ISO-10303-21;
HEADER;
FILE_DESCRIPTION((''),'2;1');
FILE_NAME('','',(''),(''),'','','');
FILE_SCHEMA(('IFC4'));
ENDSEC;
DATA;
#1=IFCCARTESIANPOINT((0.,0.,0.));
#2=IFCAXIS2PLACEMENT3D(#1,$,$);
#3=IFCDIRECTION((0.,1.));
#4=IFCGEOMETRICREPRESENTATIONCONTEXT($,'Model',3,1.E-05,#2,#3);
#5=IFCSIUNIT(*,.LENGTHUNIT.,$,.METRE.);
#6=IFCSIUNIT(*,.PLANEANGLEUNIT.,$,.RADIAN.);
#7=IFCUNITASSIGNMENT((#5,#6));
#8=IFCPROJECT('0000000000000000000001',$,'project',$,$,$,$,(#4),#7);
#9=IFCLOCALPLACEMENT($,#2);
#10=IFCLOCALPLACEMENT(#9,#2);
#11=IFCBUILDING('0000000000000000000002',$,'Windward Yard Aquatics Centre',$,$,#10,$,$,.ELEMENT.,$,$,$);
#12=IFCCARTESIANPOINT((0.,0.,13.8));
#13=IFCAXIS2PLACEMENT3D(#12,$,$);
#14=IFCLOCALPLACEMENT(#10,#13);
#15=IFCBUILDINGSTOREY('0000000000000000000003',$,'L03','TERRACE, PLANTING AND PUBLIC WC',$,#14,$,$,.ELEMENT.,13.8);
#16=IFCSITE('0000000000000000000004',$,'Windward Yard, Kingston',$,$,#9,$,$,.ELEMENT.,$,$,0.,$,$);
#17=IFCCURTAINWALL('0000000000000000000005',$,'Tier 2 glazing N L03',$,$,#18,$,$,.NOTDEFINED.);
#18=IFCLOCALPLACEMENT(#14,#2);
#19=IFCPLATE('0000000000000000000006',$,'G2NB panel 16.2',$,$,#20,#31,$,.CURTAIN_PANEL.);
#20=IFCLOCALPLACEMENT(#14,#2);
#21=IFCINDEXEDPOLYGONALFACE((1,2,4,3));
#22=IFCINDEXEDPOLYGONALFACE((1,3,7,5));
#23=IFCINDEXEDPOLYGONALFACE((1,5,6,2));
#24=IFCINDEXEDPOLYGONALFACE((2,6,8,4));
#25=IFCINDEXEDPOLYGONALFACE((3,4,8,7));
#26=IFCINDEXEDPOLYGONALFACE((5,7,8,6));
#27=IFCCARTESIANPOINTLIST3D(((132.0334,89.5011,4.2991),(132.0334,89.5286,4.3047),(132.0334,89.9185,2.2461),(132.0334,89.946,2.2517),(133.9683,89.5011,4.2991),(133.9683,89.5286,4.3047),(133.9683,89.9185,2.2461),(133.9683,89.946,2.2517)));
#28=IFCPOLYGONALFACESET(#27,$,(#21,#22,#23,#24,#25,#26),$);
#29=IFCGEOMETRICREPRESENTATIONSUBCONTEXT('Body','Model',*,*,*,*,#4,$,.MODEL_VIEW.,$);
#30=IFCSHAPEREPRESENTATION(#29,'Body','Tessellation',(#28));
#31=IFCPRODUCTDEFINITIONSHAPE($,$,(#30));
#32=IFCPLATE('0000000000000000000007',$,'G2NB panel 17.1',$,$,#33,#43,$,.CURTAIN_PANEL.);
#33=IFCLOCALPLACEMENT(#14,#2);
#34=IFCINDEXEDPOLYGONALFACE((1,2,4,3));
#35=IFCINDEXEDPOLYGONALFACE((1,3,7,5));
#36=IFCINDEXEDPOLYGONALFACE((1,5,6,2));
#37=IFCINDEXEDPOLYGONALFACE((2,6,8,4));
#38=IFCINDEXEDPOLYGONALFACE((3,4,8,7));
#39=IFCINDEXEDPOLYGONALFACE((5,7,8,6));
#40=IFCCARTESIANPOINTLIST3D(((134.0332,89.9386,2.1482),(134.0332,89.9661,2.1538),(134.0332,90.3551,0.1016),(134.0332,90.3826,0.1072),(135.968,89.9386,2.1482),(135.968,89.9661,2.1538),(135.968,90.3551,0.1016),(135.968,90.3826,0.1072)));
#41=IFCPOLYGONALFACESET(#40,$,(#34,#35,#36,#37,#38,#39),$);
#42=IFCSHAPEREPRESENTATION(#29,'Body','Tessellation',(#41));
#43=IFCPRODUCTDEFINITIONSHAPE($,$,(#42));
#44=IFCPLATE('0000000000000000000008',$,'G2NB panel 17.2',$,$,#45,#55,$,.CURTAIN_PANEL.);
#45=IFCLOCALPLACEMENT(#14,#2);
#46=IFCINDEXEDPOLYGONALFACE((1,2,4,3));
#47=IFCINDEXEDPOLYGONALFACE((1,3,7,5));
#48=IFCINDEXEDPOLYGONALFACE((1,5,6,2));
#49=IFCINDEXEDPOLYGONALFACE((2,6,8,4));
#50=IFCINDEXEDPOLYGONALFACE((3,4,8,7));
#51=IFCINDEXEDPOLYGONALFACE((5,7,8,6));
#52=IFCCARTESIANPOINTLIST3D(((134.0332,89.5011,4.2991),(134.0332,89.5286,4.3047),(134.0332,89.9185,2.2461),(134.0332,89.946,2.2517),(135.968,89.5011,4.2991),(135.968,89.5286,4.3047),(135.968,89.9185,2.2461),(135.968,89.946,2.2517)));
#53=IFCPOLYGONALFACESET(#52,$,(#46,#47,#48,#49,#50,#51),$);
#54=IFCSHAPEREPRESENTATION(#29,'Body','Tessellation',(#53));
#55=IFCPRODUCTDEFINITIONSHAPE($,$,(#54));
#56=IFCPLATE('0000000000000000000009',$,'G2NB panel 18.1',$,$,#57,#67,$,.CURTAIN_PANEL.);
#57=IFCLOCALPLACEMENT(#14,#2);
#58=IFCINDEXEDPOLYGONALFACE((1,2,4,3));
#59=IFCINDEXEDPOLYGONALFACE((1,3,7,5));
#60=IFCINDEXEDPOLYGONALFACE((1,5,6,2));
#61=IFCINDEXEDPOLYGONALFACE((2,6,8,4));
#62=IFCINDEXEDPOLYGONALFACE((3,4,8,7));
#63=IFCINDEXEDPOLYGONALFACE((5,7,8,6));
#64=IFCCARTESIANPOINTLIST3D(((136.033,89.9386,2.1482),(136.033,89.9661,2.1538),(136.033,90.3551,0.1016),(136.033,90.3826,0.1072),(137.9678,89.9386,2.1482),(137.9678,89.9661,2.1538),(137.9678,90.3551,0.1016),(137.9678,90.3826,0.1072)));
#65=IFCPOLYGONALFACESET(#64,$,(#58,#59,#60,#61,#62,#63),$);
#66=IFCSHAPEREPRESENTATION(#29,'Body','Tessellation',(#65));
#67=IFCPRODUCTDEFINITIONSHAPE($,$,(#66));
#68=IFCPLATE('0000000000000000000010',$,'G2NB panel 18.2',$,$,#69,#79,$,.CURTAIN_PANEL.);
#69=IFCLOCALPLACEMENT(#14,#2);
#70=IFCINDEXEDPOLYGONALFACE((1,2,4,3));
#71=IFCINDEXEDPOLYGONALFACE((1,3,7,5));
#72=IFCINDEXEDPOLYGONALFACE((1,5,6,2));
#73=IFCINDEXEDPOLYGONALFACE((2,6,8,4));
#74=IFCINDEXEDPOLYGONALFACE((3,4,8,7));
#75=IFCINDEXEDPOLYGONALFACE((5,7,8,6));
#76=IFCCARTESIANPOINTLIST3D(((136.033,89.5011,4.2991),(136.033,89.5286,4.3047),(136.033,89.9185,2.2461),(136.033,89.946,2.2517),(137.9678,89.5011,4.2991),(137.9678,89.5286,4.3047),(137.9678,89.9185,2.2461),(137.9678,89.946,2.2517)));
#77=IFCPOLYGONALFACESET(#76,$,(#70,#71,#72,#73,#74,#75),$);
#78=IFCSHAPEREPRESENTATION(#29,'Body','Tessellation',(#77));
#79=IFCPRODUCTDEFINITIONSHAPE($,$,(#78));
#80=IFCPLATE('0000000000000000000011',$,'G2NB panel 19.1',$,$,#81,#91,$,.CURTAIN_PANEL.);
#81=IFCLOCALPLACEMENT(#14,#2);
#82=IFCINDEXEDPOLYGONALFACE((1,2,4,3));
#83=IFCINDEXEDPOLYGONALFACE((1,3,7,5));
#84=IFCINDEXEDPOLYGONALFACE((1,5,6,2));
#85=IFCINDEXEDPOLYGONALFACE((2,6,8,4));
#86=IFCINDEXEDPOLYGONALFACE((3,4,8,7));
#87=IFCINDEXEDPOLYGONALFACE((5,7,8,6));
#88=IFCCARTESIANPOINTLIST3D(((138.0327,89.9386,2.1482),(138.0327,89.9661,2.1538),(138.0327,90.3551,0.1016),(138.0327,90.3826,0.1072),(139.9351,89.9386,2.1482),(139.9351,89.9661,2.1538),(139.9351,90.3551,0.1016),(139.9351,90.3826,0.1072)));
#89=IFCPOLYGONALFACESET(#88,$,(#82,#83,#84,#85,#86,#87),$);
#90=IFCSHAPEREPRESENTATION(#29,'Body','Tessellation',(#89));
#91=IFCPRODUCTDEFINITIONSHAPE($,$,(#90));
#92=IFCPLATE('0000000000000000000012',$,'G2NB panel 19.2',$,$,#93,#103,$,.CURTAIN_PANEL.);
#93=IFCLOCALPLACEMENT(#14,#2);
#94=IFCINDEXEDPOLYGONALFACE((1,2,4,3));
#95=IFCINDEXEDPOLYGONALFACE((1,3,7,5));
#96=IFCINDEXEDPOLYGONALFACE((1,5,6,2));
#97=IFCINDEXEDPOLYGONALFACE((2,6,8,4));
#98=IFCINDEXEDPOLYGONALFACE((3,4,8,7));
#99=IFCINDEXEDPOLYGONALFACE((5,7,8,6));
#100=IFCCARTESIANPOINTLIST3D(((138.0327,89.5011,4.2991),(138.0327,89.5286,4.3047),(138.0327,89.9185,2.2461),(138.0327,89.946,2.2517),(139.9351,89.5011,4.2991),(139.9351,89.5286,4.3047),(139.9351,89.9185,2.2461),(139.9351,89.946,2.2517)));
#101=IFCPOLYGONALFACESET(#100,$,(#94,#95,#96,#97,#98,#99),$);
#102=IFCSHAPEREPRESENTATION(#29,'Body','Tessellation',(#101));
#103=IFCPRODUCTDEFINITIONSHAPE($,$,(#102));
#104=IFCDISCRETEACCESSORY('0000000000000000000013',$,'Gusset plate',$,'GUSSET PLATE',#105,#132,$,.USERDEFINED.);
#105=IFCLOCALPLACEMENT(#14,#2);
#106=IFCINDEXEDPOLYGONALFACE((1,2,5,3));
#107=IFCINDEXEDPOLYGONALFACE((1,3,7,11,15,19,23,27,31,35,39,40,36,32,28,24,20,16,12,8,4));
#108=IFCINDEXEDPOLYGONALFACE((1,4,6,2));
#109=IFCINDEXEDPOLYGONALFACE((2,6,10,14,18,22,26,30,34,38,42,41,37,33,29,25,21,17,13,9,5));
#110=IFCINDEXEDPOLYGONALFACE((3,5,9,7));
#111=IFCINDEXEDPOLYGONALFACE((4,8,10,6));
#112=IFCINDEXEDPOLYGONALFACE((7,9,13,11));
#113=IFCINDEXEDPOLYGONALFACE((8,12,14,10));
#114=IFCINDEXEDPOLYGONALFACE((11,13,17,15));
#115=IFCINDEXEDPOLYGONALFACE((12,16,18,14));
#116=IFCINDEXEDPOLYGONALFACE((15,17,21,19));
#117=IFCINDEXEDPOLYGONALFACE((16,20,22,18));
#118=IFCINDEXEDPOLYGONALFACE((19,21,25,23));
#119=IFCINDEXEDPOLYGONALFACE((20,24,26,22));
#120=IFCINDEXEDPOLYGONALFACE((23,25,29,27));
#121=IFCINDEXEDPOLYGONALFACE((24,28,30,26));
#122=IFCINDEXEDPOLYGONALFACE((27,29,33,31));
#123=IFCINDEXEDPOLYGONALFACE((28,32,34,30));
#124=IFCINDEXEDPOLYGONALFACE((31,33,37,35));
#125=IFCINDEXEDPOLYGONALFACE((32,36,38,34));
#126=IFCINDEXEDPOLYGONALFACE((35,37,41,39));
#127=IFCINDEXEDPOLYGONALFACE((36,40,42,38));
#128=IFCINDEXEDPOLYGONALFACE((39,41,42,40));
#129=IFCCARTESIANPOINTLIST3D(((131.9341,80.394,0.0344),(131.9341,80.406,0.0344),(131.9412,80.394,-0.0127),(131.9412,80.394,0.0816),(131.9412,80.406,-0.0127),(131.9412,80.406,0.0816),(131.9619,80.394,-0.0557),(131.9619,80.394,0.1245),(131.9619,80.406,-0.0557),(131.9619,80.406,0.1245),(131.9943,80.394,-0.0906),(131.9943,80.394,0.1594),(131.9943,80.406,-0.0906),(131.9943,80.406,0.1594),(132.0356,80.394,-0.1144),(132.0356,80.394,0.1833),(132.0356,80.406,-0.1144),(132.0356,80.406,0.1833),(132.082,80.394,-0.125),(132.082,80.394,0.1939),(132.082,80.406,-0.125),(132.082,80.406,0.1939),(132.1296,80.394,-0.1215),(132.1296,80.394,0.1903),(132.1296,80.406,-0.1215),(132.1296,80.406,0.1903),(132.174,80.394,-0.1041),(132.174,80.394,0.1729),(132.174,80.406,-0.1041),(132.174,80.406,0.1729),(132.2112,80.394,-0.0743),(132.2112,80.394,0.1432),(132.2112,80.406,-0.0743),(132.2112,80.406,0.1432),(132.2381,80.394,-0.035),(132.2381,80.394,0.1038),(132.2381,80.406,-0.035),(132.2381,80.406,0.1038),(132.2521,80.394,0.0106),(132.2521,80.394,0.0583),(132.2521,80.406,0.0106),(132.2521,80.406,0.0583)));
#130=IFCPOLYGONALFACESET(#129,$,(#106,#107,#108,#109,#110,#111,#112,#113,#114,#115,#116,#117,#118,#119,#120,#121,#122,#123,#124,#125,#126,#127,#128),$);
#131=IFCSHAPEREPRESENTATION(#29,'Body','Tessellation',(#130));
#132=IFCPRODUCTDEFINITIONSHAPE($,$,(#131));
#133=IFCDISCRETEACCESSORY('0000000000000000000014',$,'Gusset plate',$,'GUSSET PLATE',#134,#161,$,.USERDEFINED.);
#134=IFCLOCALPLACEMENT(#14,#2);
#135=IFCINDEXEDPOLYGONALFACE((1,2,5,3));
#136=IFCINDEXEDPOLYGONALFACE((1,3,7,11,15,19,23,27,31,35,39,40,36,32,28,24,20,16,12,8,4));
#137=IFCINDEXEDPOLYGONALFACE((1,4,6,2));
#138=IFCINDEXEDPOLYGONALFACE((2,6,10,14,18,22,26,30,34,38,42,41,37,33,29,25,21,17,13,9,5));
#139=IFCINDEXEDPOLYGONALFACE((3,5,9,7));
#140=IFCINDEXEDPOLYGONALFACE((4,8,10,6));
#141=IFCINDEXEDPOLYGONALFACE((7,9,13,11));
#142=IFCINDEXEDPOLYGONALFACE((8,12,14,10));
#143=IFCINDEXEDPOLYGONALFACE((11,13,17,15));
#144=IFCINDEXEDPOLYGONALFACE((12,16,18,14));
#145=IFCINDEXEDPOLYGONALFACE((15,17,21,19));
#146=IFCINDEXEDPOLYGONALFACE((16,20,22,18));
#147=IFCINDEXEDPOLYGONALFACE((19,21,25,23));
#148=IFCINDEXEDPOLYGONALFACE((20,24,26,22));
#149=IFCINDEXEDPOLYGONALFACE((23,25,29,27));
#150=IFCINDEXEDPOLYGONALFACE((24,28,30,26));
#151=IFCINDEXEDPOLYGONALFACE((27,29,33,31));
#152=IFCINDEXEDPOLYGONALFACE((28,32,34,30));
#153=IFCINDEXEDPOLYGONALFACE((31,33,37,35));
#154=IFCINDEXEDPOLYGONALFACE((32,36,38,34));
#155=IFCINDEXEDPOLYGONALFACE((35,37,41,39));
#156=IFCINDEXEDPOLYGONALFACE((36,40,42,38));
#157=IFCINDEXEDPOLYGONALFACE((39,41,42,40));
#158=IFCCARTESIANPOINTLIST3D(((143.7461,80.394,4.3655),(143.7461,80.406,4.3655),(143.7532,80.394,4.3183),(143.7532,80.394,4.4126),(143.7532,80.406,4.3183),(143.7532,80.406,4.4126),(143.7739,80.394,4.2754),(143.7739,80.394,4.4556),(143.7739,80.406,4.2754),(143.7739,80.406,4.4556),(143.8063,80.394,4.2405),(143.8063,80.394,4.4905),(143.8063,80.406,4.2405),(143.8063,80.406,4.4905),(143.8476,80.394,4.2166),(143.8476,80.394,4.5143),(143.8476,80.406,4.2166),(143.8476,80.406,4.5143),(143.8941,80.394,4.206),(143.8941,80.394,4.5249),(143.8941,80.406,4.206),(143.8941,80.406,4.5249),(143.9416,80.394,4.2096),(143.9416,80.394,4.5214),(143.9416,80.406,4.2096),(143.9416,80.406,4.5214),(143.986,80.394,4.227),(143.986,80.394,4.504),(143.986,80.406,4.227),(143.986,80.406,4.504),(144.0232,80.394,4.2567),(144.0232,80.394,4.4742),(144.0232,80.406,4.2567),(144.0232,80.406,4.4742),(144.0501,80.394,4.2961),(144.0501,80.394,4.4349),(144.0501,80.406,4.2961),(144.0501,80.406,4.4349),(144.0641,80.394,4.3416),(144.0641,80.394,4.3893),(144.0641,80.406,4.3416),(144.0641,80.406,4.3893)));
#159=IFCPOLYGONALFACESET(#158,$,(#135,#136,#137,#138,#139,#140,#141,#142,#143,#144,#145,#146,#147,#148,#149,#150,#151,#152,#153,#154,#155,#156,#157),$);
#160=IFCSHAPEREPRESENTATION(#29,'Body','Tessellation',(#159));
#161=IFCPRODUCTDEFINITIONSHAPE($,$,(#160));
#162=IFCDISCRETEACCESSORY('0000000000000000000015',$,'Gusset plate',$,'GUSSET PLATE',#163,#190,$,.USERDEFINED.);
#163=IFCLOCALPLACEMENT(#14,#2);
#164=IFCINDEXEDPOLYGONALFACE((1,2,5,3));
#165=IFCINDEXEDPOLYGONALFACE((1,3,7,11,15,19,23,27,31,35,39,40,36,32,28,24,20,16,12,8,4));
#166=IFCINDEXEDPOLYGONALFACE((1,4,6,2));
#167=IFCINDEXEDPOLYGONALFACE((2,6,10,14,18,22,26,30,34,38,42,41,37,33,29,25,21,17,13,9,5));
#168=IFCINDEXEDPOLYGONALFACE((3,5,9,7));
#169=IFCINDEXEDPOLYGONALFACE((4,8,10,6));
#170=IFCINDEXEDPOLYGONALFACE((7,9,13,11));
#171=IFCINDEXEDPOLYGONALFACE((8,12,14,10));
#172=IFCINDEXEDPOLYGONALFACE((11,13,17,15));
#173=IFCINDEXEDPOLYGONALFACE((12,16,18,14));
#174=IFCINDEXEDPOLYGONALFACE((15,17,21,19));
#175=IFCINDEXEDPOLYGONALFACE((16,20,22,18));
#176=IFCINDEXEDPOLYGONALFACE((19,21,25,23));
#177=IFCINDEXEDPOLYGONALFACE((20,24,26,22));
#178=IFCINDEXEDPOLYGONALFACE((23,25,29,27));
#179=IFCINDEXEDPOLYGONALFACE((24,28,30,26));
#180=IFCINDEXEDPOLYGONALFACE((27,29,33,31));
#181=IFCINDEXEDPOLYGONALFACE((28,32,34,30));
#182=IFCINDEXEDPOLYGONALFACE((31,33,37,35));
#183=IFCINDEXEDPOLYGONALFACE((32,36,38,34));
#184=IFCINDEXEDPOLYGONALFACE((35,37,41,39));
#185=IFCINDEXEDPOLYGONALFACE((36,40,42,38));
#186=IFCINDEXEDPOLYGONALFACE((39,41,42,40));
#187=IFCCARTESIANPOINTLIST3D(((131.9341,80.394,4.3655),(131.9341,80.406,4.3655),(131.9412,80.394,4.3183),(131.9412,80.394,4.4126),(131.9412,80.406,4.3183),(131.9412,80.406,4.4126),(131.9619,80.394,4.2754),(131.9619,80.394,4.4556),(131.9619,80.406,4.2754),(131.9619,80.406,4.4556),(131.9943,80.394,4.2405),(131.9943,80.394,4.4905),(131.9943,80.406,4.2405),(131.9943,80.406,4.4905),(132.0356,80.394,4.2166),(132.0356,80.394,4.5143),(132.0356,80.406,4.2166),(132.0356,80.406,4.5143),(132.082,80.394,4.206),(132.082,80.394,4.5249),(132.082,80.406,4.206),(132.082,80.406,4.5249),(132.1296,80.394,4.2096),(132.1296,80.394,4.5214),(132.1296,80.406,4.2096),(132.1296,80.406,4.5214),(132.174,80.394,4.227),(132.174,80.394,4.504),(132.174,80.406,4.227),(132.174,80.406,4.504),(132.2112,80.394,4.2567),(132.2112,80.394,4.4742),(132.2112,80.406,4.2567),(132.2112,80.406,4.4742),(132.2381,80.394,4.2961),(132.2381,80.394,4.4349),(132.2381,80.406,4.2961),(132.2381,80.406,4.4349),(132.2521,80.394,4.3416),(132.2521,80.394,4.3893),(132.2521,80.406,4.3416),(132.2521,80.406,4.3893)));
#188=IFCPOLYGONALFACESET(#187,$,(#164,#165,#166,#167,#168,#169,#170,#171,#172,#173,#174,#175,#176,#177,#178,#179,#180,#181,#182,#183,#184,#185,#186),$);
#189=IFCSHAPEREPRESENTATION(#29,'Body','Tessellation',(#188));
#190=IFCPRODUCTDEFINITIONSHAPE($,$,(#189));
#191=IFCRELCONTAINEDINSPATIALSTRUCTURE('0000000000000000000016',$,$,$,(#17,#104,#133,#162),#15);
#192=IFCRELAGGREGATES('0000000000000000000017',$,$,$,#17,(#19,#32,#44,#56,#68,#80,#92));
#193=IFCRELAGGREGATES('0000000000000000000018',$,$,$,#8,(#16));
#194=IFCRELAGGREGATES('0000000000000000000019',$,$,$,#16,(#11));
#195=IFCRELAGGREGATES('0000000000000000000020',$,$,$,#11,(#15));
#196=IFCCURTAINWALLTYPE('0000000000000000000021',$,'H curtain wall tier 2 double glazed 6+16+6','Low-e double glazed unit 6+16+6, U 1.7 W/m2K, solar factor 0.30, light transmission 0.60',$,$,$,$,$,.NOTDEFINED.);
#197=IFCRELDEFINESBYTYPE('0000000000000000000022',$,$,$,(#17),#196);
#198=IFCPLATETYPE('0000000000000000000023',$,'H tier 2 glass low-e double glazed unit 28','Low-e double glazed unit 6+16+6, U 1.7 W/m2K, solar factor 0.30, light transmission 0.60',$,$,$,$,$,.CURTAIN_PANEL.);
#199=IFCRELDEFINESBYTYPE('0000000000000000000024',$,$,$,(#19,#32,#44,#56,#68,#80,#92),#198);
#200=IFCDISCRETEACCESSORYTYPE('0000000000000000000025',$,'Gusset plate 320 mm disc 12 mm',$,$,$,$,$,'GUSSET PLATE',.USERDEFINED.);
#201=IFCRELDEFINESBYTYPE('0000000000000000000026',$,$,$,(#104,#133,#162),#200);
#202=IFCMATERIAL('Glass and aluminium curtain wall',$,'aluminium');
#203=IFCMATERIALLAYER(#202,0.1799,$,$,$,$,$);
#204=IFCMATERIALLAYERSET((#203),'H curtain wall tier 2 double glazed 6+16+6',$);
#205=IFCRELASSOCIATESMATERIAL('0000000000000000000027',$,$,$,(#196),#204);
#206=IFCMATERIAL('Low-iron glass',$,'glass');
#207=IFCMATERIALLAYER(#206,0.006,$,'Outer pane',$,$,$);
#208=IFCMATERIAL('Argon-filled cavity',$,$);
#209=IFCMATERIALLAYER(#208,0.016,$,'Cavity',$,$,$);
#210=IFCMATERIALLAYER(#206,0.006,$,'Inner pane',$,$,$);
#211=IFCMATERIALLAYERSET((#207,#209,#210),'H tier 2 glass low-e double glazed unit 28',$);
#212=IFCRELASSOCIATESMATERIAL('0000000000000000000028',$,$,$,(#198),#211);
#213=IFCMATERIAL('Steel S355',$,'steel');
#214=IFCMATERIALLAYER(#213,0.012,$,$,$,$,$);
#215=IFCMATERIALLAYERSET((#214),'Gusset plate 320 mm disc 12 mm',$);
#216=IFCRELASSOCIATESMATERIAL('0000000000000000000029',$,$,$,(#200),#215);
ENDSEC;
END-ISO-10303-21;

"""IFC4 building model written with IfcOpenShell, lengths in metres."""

from ifc_helpers import new_model, si_unit, direction, frame, origin, origin_2d, place, context, subcontext, project, spatial, polyline, circle, outline, extrude, material, layer, layer_set, type_object, element, aggregate, save


model = new_model("IFC4")

# Units and contexts
model_context = context("Model", 3, precision=1e-05, world=origin(), true_north=direction((0.0, 1.0)))
body_context = subcontext(model_context, "Body", "Model", "MODEL_VIEW")
ifc_project = project(units=[si_unit("LENGTHUNIT", "METRE"), si_unit("PLANEANGLEUNIT", "RADIAN")], contexts=[model_context])

# Site, building, storey
site_placement = place(None, origin())
site = spatial("IfcSite", under=ifc_project, at=site_placement, Name="Windward Yard, Kingston", CompositionType="ELEMENT", RefElevation=0.0)
building_placement = place(site_placement, origin())
building = spatial("IfcBuilding", under=site, at=building_placement, Name="Windward Yard Aquatics Centre", CompositionType="ELEMENT")
storey_placement = place(building_placement, frame((0.0, 0.0, 13.8)))
storey = spatial("IfcBuildingStorey", under=building, at=storey_placement, Name="L03", Description="TERRACE, PLANTING AND PUBLIC WC", CompositionType="ELEMENT", Elevation=13.8)

# Curtain wall
ifc_material_1 = material(Name="Glass and aluminium curtain wall", Category="aluminium")
ifc_layer_1 = layer(ifc_material_1, 0.1799)
ifc_layer_set_1 = layer_set([ifc_layer_1], Name="H curtain wall tier 2 double glazed 6+16+6")
curtain_wall_type = type_object("IfcCurtainWallType", Name="H curtain wall tier 2 double glazed 6+16+6", Description="Low-e double glazed unit 6+16+6, U 1.7 W/m2K, solar factor 0.30, light transmission 0.60", PredefinedType="NOTDEFINED", material=ifc_layer_set_1)
curtain_wall_1_placement = place(storey_placement, origin())
curtain_wall_1 = element("IfcCurtainWall", 1, at=curtain_wall_1_placement, inside=storey, type_object=curtain_wall_type, Name="Tier 2 glazing N L03", PredefinedType="NOTDEFINED")

# Plates
ifc_material_2 = material(Name="Low-iron glass", Category="glass")
ifc_layer_2 = layer(ifc_material_2, 0.006, Name="Outer pane")
ifc_material_3 = material(Name="Argon-filled cavity")
ifc_layer_3 = layer(ifc_material_3, 0.016, Name="Cavity")
ifc_layer_4 = layer(ifc_material_2, 0.006, Name="Inner pane")
ifc_layer_set_2 = layer_set([ifc_layer_2, ifc_layer_3, ifc_layer_4], Name="H tier 2 glass low-e double glazed unit 28")
plate_type = type_object("IfcPlateType", Name="H tier 2 glass low-e double glazed unit 28", Description="Low-e double glazed unit 6+16+6, U 1.7 W/m2K, solar factor 0.30, light transmission 0.60", PredefinedType="CURTAIN_PANEL", material=ifc_layer_set_2)
plate_1_placement = place(storey_placement, frame((132.0334, 89.5286, 4.3047), z_axis=(0.0, 0.979944, 0.199275), x_axis=(0.0, 0.199275, -0.979944)))
plate_1 = element("IfcPlate", 2, at=plate_1_placement, type_object=plate_type, Name="G2NB panel 16.2", PredefinedType="CURTAIN_PANEL", context=body_context, shape_type="SweptSolid", body=[
    extrude(outline(polyline([(0.0, 0.0), (2.095, 0.0), (2.095, -1.9348), (0.0, -1.9348), (0.0, 0.0)])), origin(), (0.0, 0.0, -1.0), 0.0281),
])
plate_2_placement = place(storey_placement, frame((134.0332, 89.9661, 2.1538), z_axis=(0.0, 0.979914, 0.199419), x_axis=(0.0, 0.199419, -0.979914)))
plate_2 = element("IfcPlate", 3, at=plate_2_placement, type_object=plate_type, Name="G2NB panel 17.1", PredefinedType="CURTAIN_PANEL", context=body_context, shape_type="SweptSolid", body=[
    extrude(outline(polyline([(0.0, 0.0), (2.0886, 0.0), (2.0886, -1.9348), (0.0, -1.9348), (0.0, 0.0)])), origin(), (0.0, 0.0, -1.0), 0.0281),
])
plate_3_placement = place(storey_placement, frame((134.0332, 89.5286, 4.3047), z_axis=(0.0, 0.979944, 0.199275), x_axis=(0.0, 0.199275, -0.979944)))
plate_3 = element("IfcPlate", 4, at=plate_3_placement, type_object=plate_type, Name="G2NB panel 17.2", PredefinedType="CURTAIN_PANEL", context=body_context, shape_type="SweptSolid", body=[
    extrude(outline(polyline([(0.0, 0.0), (2.095, 0.0), (2.095, -1.9348), (0.0, -1.9348), (0.0, 0.0)])), origin(), (0.0, 0.0, -1.0), 0.0281),
])
plate_4_placement = place(storey_placement, frame((136.033, 89.9661, 2.1538), z_axis=(0.0, 0.979914, 0.199419), x_axis=(0.0, 0.199419, -0.979914)))
plate_4 = element("IfcPlate", 5, at=plate_4_placement, type_object=plate_type, Name="G2NB panel 18.1", PredefinedType="CURTAIN_PANEL", context=body_context, shape_type="SweptSolid", body=[
    extrude(outline(polyline([(0.0, 0.0), (2.0886, 0.0), (2.0886, -1.9348), (0.0, -1.9348), (0.0, 0.0)])), origin(), (0.0, 0.0, -1.0), 0.0281),
])
plate_5_placement = place(storey_placement, frame((136.033, 89.5286, 4.3047), z_axis=(0.0, 0.979944, 0.199275), x_axis=(0.0, 0.199275, -0.979944)))
plate_5 = element("IfcPlate", 6, at=plate_5_placement, type_object=plate_type, Name="G2NB panel 18.2", PredefinedType="CURTAIN_PANEL", context=body_context, shape_type="SweptSolid", body=[
    extrude(outline(polyline([(0.0, 0.0), (2.095, 0.0), (2.095, -1.9348), (0.0, -1.9348), (0.0, 0.0)])), origin(), (0.0, 0.0, -1.0), 0.0281),
])
plate_6_placement = place(storey_placement, frame((138.0327, 89.9661, 2.1538), z_axis=(0.0, 0.979914, 0.199419), x_axis=(0.0, 0.199419, -0.979914)))
plate_6 = element("IfcPlate", 7, at=plate_6_placement, type_object=plate_type, Name="G2NB panel 19.1", PredefinedType="CURTAIN_PANEL", context=body_context, shape_type="SweptSolid", body=[
    extrude(outline(polyline([(0.0, 0.0), (2.0886, 0.0), (2.0886, -1.9023), (0.0, -1.9023), (0.0, 0.0)])), origin(), (0.0, 0.0, -1.0), 0.0281),
])
plate_7_placement = place(storey_placement, frame((138.0327, 89.5286, 4.3047), z_axis=(0.0, 0.979944, 0.199275), x_axis=(0.0, 0.199275, -0.979944)))
plate_7 = element("IfcPlate", 8, at=plate_7_placement, type_object=plate_type, Name="G2NB panel 19.2", PredefinedType="CURTAIN_PANEL", context=body_context, shape_type="SweptSolid", body=[
    extrude(outline(polyline([(0.0, 0.0), (2.095, 0.0), (2.095, -1.9023), (0.0, -1.9023), (0.0, 0.0)])), origin(), (0.0, 0.0, -1.0), 0.0281),
])
aggregate(curtain_wall_1, [plate_1, plate_2, plate_3, plate_4, plate_5, plate_6, plate_7])

# Discrete accessories
ifc_material_4 = material(Name="Steel S355", Category="steel")
ifc_layer_5 = layer(ifc_material_4, 0.012)
ifc_layer_set_3 = layer_set([ifc_layer_5], Name="Gusset plate 320 mm disc 12 mm")
discrete_accessory_type = type_object("IfcDiscreteAccessoryType", Name="Gusset plate 320 mm disc 12 mm", ElementType="GUSSET PLATE", PredefinedType="USERDEFINED", material=ifc_layer_set_3)
for number, where, z_axis, x_axis, name in (
    (9, (132.094, 80.394, 0.0344), (0.0, 1.0, 0.0), (-1.0, 0.0, 0.0), "Gusset plate"),
    (10, (143.906, 80.394, 4.3655), (0.0, 1.0, 0.0), (-1.0, 0.0, 0.0), "Gusset plate"),
    (11, (132.094, 80.394, 4.3655), (0.0, 1.0, 0.0), (-1.0, 0.0, 0.0), "Gusset plate"),
):
    element("IfcDiscreteAccessory", number, at=place(storey_placement, frame(where, z_axis=z_axis, x_axis=x_axis)), inside=storey, type_object=discrete_accessory_type, Name=name, ObjectType="GUSSET PLATE", PredefinedType="USERDEFINED", context=body_context, shape_type="SweptSolid", body=[
        extrude(circle(Radius=0.1599, at=origin_2d()), origin(), (0.0, 0.0, 1.0), 0.012),
    ])

save(model, "model.ifc")
